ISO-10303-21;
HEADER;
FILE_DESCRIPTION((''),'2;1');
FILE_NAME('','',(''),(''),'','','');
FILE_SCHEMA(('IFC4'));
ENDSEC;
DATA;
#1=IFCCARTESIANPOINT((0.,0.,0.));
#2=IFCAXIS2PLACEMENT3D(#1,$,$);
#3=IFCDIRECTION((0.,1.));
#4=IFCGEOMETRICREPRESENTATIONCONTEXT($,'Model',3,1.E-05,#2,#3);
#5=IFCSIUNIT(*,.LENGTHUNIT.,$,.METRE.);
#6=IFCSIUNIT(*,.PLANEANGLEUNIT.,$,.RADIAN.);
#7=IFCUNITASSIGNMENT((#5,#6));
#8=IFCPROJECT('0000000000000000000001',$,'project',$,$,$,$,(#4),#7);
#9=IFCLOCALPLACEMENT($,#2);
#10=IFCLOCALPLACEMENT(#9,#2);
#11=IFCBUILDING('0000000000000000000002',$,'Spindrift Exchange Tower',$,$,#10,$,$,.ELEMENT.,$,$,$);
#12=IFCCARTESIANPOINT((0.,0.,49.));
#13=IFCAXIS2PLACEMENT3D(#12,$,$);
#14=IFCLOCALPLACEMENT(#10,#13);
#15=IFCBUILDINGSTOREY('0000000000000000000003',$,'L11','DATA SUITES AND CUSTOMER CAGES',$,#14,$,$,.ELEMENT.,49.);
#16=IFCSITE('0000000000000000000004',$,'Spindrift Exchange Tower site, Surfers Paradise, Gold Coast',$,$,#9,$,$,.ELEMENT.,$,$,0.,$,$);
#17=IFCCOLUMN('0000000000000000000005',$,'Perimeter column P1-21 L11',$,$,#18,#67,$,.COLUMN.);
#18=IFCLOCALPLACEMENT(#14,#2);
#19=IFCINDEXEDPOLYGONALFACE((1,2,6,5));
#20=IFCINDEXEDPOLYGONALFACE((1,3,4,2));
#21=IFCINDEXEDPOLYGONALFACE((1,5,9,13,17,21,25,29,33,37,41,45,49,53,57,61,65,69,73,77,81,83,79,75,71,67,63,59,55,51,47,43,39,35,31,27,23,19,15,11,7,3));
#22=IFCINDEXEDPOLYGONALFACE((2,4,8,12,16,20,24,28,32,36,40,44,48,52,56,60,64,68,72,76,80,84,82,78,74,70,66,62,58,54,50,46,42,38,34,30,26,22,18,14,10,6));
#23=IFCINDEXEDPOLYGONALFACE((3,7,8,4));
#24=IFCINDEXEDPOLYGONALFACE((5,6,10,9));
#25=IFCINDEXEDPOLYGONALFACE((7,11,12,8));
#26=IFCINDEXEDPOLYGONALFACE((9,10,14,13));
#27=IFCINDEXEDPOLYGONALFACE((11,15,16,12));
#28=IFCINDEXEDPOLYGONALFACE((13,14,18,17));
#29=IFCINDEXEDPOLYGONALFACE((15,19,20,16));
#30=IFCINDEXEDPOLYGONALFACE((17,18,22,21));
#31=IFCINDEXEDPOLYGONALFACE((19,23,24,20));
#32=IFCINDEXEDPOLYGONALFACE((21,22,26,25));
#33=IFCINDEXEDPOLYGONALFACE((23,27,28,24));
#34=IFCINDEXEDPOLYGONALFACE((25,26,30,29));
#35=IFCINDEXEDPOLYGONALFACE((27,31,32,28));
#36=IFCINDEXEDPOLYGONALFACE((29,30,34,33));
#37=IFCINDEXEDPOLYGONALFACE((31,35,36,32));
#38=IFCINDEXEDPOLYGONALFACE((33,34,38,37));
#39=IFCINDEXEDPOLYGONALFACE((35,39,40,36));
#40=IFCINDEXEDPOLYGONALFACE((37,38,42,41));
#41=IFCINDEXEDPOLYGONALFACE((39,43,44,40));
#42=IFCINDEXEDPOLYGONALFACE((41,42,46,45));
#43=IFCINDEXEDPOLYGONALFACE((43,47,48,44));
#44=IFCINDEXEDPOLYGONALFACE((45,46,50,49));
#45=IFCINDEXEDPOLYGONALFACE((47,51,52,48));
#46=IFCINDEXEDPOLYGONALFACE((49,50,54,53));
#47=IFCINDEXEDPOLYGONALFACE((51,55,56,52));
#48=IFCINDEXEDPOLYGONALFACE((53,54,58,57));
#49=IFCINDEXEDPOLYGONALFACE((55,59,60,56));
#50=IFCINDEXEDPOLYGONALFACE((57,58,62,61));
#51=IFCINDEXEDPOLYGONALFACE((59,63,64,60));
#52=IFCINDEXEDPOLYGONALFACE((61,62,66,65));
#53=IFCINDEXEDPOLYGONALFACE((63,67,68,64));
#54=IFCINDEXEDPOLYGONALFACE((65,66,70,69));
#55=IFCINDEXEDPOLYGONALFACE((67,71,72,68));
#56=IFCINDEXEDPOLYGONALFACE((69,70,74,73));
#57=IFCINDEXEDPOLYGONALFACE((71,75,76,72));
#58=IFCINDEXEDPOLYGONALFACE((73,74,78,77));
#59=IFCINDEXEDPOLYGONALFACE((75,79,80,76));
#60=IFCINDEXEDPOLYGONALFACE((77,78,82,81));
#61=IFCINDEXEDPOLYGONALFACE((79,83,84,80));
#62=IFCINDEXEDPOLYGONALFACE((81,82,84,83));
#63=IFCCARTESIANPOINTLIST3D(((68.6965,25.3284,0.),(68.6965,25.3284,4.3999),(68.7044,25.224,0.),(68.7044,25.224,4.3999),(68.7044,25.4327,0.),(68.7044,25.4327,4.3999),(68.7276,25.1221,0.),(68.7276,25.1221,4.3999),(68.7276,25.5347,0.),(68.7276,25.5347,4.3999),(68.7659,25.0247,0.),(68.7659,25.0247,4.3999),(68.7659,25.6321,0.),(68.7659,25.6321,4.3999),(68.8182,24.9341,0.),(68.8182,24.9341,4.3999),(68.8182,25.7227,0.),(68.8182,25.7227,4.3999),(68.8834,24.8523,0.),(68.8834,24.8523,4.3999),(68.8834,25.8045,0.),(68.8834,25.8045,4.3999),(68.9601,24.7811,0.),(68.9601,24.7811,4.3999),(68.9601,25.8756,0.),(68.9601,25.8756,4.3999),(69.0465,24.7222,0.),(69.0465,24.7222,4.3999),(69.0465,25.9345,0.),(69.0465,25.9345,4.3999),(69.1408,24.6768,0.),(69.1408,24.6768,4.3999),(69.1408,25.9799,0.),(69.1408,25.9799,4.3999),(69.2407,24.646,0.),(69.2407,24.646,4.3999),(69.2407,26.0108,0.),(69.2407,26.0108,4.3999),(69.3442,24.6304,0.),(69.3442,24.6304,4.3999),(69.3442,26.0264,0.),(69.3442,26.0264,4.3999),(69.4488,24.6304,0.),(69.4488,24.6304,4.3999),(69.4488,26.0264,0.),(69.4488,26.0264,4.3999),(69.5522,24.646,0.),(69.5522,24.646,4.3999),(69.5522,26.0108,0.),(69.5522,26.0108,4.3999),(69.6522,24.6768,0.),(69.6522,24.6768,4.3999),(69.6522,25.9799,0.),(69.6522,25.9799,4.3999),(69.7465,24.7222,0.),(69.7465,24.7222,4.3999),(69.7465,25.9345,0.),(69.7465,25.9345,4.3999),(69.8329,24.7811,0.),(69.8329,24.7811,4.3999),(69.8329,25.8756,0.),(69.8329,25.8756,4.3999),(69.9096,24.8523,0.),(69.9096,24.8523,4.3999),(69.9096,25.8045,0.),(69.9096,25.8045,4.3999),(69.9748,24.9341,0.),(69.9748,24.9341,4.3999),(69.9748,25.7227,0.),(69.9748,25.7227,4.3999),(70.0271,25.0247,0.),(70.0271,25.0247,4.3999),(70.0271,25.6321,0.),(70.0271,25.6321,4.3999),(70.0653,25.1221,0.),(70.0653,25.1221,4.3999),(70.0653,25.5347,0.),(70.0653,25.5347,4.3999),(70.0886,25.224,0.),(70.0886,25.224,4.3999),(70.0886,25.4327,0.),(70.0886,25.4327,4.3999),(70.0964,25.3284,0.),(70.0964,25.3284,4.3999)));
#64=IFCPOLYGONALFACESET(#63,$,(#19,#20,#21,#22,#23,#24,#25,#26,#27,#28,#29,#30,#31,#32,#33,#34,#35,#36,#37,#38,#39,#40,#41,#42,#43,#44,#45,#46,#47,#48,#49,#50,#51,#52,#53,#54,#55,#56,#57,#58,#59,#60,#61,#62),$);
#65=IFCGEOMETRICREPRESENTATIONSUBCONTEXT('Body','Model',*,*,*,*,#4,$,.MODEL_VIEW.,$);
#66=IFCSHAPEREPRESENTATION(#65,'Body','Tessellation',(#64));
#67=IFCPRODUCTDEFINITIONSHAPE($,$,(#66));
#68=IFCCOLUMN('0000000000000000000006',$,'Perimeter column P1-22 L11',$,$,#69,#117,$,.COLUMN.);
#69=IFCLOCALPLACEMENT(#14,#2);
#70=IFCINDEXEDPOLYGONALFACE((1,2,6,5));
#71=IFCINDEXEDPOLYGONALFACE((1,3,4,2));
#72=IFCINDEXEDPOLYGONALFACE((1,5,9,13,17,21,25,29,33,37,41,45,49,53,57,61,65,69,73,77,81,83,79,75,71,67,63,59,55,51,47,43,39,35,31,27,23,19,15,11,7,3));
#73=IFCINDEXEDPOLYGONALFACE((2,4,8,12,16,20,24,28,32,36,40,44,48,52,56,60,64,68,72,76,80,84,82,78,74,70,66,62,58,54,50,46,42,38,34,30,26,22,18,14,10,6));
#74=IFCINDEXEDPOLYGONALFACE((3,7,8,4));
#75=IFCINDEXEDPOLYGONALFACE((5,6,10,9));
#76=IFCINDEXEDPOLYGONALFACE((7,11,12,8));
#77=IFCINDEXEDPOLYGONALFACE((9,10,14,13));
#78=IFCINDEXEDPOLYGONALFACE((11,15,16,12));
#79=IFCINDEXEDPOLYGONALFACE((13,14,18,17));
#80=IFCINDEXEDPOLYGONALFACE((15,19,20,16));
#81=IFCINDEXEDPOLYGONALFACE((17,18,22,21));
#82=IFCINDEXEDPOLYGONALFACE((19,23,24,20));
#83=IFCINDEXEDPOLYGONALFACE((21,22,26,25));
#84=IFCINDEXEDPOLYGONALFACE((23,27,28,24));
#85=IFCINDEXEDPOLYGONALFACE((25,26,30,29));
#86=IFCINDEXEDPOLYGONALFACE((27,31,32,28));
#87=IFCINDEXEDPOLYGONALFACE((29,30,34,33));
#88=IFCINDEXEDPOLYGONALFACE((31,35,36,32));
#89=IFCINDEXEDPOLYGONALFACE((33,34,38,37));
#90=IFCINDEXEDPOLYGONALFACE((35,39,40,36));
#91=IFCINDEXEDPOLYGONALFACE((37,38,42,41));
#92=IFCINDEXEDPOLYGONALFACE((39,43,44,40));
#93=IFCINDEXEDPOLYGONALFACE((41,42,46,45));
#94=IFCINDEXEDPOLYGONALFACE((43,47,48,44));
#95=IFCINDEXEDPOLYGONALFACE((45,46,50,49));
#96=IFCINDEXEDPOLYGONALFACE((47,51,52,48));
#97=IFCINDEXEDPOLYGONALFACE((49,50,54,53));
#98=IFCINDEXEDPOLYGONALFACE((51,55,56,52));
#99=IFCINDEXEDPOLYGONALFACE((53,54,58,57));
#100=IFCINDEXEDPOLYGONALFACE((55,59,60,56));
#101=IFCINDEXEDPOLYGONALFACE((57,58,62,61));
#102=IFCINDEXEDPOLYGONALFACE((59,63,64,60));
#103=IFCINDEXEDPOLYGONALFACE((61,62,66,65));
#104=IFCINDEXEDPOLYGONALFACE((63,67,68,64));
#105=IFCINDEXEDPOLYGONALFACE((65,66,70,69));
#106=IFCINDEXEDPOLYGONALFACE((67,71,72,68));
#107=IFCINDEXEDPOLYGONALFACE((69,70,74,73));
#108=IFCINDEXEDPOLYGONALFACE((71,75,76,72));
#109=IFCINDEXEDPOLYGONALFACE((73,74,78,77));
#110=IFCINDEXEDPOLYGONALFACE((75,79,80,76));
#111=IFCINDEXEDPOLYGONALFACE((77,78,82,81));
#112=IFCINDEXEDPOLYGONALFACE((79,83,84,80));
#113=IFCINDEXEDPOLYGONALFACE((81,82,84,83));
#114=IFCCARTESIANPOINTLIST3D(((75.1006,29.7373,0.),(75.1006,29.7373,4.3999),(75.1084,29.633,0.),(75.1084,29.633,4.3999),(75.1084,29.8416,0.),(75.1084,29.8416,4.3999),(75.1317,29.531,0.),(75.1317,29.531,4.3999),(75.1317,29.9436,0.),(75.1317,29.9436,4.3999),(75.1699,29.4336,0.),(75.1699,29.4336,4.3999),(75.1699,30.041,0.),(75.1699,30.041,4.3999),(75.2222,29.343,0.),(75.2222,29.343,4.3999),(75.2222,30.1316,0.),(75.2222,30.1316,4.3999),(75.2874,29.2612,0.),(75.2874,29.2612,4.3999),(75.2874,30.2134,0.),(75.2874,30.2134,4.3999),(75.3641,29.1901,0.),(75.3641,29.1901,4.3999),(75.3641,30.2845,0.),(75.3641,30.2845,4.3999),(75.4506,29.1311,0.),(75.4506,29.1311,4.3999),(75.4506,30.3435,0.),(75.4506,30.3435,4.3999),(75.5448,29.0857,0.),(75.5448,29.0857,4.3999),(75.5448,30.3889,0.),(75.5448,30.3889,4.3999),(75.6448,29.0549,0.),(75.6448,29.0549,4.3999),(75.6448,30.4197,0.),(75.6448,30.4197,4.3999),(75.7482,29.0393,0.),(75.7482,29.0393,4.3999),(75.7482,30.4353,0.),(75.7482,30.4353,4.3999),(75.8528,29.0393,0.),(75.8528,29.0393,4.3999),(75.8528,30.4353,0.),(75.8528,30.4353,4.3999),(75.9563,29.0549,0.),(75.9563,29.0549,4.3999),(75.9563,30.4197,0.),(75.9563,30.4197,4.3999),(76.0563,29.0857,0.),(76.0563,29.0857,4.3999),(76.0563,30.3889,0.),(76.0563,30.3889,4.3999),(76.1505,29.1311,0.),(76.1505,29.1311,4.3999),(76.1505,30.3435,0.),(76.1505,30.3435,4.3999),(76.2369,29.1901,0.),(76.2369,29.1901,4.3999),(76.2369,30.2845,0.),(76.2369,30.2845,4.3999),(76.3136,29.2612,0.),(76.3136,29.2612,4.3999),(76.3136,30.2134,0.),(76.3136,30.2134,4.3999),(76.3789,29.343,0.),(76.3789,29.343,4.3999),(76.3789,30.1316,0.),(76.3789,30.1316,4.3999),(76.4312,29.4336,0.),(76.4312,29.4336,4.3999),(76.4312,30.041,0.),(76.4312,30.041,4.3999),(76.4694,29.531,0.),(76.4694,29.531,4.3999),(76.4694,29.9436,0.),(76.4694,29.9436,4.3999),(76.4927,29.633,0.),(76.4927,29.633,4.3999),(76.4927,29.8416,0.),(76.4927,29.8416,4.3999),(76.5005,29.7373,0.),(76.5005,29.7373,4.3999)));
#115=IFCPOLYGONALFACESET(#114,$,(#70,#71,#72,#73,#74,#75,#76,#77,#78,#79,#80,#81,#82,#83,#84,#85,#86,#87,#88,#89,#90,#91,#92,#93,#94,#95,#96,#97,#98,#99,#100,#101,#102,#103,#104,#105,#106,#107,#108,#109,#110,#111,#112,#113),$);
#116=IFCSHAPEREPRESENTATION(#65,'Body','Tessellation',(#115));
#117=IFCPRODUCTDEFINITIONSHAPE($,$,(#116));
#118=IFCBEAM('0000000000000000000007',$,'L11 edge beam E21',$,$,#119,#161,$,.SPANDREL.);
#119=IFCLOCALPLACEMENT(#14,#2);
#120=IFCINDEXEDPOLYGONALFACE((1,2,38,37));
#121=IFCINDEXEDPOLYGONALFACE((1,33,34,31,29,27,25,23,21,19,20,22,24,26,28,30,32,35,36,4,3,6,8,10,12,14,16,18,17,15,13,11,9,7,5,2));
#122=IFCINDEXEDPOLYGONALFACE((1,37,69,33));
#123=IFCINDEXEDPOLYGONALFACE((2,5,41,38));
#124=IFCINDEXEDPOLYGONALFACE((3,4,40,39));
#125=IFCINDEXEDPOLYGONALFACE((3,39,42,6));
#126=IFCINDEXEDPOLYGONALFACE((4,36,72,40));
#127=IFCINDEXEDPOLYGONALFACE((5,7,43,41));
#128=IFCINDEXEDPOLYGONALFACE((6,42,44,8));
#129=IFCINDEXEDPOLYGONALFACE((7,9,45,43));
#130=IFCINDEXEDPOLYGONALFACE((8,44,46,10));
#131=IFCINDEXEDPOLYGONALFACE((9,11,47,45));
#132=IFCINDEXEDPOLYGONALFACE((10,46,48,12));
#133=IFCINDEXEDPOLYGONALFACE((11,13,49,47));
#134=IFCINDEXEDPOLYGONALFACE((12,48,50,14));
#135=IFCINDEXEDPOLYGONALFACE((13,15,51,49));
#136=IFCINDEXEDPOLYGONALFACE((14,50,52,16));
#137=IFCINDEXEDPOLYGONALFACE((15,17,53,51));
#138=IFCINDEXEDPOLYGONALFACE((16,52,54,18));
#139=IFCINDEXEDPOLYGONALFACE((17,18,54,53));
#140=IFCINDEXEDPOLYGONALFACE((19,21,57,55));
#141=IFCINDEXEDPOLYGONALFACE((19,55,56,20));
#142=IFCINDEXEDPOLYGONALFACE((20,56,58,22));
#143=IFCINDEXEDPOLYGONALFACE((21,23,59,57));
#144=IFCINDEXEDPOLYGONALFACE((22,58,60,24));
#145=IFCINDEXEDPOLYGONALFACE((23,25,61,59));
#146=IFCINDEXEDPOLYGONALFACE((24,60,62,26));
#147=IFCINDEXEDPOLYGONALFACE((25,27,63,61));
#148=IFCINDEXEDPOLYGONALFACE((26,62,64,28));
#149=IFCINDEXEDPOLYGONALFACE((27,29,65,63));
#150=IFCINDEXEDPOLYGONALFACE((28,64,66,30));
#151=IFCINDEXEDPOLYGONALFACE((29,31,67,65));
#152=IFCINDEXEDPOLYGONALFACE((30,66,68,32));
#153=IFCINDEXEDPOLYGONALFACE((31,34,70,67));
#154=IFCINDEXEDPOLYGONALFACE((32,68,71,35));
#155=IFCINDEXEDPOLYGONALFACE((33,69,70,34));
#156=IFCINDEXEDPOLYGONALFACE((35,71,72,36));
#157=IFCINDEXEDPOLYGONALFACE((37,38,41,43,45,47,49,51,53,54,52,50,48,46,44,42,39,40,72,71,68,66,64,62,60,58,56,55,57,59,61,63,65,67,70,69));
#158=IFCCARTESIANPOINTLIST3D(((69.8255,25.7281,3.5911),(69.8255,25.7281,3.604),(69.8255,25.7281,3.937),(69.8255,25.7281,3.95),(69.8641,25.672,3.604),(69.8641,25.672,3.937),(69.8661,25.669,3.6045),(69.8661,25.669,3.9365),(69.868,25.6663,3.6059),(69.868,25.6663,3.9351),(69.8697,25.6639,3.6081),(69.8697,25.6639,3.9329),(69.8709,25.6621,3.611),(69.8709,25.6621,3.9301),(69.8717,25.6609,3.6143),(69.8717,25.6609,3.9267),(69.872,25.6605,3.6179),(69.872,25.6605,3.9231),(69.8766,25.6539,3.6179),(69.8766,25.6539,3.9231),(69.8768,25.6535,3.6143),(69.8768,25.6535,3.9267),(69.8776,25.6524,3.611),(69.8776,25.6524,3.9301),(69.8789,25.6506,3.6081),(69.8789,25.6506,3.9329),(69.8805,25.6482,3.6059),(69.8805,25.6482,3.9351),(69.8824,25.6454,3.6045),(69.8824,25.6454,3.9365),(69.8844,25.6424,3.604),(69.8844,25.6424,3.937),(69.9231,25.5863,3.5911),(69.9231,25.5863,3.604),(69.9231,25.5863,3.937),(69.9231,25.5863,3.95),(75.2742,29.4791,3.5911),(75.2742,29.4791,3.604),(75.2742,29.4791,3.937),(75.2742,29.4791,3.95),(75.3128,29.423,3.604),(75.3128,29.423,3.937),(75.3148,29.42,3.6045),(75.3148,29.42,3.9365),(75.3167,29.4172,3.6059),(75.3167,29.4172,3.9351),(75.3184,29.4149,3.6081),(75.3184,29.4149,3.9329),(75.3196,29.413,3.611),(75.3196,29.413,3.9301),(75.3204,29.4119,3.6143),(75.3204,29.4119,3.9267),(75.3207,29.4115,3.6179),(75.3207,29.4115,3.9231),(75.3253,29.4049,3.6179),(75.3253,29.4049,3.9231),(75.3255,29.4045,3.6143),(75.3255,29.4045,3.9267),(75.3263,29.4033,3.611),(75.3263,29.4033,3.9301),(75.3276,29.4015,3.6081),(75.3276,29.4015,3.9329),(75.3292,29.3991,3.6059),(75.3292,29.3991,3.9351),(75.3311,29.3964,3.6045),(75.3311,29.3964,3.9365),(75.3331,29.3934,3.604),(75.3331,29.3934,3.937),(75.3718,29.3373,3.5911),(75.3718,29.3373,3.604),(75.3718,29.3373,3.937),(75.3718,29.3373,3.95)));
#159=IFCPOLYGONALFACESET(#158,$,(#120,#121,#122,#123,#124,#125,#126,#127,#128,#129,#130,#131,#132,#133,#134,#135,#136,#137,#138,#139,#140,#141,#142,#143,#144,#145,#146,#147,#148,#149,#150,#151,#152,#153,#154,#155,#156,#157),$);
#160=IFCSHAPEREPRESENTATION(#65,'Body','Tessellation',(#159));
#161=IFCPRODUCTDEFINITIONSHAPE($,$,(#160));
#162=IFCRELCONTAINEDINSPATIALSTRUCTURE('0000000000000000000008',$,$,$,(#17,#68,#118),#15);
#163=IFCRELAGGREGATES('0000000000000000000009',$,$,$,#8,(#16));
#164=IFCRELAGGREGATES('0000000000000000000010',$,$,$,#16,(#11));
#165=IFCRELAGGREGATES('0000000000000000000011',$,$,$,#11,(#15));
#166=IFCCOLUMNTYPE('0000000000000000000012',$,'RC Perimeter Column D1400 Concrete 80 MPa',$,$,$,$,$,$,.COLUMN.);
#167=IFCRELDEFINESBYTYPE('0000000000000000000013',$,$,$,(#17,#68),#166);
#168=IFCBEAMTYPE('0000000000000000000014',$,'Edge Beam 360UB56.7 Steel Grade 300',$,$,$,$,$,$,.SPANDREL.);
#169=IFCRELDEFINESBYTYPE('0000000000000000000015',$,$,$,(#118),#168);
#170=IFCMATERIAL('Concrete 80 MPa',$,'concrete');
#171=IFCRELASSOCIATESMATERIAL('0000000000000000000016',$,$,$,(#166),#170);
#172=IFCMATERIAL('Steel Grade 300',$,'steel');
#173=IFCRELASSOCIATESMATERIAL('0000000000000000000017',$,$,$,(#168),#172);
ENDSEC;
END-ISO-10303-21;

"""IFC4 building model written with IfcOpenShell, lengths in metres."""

from ifc_helpers import new_model, si_unit, direction, frame, origin, origin_2d, place, context, subcontext, project, spatial, circle, i_section, extrude, source, transform, mapped, material, material_profile, profile_set, type_object, element, save


model = new_model("IFC4")

# Units and contexts
model_context = context("Model", 3, precision=1e-05, world=origin(), true_north=direction((0.0, 1.0)))
body_context = subcontext(model_context, "Body", "Model", "MODEL_VIEW")
ifc_project = project(units=[si_unit("LENGTHUNIT", "METRE"), si_unit("PLANEANGLEUNIT", "RADIAN")], contexts=[model_context])

# Site, building, storey
site_placement = place(None, origin())
site = spatial("IfcSite", under=ifc_project, at=site_placement, Name="Spindrift Exchange Tower site, Surfers Paradise, Gold Coast", CompositionType="ELEMENT", RefElevation=0.0)
building_placement = place(site_placement, origin())
building = spatial("IfcBuilding", under=site, at=building_placement, Name="Spindrift Exchange Tower", CompositionType="ELEMENT")
storey_placement = place(building_placement, frame((0.0, 0.0, 49.0)))
storey = spatial("IfcBuildingStorey", under=building, at=storey_placement, Name="L11", Description="DATA SUITES AND CUSTOMER CAGES", CompositionType="ELEMENT", Elevation=49.0)

# Columns
ifc_material_1 = material(Name="Concrete 80 MPa", Category="concrete")
ifc_material_profile_1 = material_profile(ifc_material_1, circle(Radius=0.7, at=origin_2d()), Name="RC D1400")
ifc_profile_set_1 = profile_set([ifc_material_profile_1], Name="Concrete 80 MPa")
column_type = type_object("IfcColumnType", Name="RC Perimeter Column D1400 Concrete 80 MPa", PredefinedType="COLUMN", material=ifc_profile_set_1)
shared_shape_1 = source(origin(), body_context, "Body", "SweptSolid", [
    extrude(circle(Radius=0.7, at=origin_2d()), origin(), (0.0, 0.0, 1.0), 4.3999),
])
for number, where, z_axis, x_axis, name in (
    (1, (69.3965, 25.3284, 0.0), (0.0, 0.0, 1.0), (1.0, 0.0, 0.0), "Perimeter column P1-21 L11"),
    (2, (75.8005, 29.7373, 0.0), (0.0, 0.0, 1.0), (1.0, 0.0, 0.0), "Perimeter column P1-22 L11"),
):
    element("IfcColumn", number, at=place(storey_placement, frame(where, z_axis=z_axis, x_axis=x_axis)), inside=storey, type_object=column_type, Name=name, PredefinedType="COLUMN", context=body_context, shape_type="MappedRepresentation", body=[
        mapped(shared_shape_1, transform((0.0, 0.0, 0.0), scale=1.0)),
    ])

# Beam
ifc_material_2 = material(Name="Steel Grade 300", Category="steel")
ifc_material_profile_2 = material_profile(ifc_material_2, i_section(OverallWidth=0.1721, OverallDepth=0.3589, WebThickness=0.0081, FlangeThickness=0.0129, FilletRadius=0.0139, at=origin_2d()), Name="360UB56.7")
ifc_profile_set_2 = profile_set([ifc_material_profile_2], Name="Steel Grade 300")
beam_type_1 = type_object("IfcBeamType", Name="Edge Beam 360UB56.7 Steel Grade 300", PredefinedType="SPANDREL", material=ifc_profile_set_2)
shared_shape_2 = source(origin(), body_context, "Body", "SweptSolid", [
    extrude(i_section(OverallWidth=0.1721, OverallDepth=0.3589, WebThickness=0.0081, FlangeThickness=0.0129, FilletRadius=0.0139, at=origin_2d()), origin(), (0.0, 0.0, 1.0), 6.615),
])
beam_1_placement = place(storey_placement, frame((69.8743, 25.6572, 3.7705), z_axis=(0.823691, 0.567039, 0.0), x_axis=(-0.567039, 0.823691, 0.0)))
element("IfcBeam", 3, at=beam_1_placement, inside=storey, type_object=beam_type_1, Name="L11 edge beam E21", PredefinedType="SPANDREL", context=body_context, shape_type="MappedRepresentation", body=[
    mapped(shared_shape_2, transform((0.0, 0.0, 0.0), scale=1.0)),
])

save(model, "model.ifc")
